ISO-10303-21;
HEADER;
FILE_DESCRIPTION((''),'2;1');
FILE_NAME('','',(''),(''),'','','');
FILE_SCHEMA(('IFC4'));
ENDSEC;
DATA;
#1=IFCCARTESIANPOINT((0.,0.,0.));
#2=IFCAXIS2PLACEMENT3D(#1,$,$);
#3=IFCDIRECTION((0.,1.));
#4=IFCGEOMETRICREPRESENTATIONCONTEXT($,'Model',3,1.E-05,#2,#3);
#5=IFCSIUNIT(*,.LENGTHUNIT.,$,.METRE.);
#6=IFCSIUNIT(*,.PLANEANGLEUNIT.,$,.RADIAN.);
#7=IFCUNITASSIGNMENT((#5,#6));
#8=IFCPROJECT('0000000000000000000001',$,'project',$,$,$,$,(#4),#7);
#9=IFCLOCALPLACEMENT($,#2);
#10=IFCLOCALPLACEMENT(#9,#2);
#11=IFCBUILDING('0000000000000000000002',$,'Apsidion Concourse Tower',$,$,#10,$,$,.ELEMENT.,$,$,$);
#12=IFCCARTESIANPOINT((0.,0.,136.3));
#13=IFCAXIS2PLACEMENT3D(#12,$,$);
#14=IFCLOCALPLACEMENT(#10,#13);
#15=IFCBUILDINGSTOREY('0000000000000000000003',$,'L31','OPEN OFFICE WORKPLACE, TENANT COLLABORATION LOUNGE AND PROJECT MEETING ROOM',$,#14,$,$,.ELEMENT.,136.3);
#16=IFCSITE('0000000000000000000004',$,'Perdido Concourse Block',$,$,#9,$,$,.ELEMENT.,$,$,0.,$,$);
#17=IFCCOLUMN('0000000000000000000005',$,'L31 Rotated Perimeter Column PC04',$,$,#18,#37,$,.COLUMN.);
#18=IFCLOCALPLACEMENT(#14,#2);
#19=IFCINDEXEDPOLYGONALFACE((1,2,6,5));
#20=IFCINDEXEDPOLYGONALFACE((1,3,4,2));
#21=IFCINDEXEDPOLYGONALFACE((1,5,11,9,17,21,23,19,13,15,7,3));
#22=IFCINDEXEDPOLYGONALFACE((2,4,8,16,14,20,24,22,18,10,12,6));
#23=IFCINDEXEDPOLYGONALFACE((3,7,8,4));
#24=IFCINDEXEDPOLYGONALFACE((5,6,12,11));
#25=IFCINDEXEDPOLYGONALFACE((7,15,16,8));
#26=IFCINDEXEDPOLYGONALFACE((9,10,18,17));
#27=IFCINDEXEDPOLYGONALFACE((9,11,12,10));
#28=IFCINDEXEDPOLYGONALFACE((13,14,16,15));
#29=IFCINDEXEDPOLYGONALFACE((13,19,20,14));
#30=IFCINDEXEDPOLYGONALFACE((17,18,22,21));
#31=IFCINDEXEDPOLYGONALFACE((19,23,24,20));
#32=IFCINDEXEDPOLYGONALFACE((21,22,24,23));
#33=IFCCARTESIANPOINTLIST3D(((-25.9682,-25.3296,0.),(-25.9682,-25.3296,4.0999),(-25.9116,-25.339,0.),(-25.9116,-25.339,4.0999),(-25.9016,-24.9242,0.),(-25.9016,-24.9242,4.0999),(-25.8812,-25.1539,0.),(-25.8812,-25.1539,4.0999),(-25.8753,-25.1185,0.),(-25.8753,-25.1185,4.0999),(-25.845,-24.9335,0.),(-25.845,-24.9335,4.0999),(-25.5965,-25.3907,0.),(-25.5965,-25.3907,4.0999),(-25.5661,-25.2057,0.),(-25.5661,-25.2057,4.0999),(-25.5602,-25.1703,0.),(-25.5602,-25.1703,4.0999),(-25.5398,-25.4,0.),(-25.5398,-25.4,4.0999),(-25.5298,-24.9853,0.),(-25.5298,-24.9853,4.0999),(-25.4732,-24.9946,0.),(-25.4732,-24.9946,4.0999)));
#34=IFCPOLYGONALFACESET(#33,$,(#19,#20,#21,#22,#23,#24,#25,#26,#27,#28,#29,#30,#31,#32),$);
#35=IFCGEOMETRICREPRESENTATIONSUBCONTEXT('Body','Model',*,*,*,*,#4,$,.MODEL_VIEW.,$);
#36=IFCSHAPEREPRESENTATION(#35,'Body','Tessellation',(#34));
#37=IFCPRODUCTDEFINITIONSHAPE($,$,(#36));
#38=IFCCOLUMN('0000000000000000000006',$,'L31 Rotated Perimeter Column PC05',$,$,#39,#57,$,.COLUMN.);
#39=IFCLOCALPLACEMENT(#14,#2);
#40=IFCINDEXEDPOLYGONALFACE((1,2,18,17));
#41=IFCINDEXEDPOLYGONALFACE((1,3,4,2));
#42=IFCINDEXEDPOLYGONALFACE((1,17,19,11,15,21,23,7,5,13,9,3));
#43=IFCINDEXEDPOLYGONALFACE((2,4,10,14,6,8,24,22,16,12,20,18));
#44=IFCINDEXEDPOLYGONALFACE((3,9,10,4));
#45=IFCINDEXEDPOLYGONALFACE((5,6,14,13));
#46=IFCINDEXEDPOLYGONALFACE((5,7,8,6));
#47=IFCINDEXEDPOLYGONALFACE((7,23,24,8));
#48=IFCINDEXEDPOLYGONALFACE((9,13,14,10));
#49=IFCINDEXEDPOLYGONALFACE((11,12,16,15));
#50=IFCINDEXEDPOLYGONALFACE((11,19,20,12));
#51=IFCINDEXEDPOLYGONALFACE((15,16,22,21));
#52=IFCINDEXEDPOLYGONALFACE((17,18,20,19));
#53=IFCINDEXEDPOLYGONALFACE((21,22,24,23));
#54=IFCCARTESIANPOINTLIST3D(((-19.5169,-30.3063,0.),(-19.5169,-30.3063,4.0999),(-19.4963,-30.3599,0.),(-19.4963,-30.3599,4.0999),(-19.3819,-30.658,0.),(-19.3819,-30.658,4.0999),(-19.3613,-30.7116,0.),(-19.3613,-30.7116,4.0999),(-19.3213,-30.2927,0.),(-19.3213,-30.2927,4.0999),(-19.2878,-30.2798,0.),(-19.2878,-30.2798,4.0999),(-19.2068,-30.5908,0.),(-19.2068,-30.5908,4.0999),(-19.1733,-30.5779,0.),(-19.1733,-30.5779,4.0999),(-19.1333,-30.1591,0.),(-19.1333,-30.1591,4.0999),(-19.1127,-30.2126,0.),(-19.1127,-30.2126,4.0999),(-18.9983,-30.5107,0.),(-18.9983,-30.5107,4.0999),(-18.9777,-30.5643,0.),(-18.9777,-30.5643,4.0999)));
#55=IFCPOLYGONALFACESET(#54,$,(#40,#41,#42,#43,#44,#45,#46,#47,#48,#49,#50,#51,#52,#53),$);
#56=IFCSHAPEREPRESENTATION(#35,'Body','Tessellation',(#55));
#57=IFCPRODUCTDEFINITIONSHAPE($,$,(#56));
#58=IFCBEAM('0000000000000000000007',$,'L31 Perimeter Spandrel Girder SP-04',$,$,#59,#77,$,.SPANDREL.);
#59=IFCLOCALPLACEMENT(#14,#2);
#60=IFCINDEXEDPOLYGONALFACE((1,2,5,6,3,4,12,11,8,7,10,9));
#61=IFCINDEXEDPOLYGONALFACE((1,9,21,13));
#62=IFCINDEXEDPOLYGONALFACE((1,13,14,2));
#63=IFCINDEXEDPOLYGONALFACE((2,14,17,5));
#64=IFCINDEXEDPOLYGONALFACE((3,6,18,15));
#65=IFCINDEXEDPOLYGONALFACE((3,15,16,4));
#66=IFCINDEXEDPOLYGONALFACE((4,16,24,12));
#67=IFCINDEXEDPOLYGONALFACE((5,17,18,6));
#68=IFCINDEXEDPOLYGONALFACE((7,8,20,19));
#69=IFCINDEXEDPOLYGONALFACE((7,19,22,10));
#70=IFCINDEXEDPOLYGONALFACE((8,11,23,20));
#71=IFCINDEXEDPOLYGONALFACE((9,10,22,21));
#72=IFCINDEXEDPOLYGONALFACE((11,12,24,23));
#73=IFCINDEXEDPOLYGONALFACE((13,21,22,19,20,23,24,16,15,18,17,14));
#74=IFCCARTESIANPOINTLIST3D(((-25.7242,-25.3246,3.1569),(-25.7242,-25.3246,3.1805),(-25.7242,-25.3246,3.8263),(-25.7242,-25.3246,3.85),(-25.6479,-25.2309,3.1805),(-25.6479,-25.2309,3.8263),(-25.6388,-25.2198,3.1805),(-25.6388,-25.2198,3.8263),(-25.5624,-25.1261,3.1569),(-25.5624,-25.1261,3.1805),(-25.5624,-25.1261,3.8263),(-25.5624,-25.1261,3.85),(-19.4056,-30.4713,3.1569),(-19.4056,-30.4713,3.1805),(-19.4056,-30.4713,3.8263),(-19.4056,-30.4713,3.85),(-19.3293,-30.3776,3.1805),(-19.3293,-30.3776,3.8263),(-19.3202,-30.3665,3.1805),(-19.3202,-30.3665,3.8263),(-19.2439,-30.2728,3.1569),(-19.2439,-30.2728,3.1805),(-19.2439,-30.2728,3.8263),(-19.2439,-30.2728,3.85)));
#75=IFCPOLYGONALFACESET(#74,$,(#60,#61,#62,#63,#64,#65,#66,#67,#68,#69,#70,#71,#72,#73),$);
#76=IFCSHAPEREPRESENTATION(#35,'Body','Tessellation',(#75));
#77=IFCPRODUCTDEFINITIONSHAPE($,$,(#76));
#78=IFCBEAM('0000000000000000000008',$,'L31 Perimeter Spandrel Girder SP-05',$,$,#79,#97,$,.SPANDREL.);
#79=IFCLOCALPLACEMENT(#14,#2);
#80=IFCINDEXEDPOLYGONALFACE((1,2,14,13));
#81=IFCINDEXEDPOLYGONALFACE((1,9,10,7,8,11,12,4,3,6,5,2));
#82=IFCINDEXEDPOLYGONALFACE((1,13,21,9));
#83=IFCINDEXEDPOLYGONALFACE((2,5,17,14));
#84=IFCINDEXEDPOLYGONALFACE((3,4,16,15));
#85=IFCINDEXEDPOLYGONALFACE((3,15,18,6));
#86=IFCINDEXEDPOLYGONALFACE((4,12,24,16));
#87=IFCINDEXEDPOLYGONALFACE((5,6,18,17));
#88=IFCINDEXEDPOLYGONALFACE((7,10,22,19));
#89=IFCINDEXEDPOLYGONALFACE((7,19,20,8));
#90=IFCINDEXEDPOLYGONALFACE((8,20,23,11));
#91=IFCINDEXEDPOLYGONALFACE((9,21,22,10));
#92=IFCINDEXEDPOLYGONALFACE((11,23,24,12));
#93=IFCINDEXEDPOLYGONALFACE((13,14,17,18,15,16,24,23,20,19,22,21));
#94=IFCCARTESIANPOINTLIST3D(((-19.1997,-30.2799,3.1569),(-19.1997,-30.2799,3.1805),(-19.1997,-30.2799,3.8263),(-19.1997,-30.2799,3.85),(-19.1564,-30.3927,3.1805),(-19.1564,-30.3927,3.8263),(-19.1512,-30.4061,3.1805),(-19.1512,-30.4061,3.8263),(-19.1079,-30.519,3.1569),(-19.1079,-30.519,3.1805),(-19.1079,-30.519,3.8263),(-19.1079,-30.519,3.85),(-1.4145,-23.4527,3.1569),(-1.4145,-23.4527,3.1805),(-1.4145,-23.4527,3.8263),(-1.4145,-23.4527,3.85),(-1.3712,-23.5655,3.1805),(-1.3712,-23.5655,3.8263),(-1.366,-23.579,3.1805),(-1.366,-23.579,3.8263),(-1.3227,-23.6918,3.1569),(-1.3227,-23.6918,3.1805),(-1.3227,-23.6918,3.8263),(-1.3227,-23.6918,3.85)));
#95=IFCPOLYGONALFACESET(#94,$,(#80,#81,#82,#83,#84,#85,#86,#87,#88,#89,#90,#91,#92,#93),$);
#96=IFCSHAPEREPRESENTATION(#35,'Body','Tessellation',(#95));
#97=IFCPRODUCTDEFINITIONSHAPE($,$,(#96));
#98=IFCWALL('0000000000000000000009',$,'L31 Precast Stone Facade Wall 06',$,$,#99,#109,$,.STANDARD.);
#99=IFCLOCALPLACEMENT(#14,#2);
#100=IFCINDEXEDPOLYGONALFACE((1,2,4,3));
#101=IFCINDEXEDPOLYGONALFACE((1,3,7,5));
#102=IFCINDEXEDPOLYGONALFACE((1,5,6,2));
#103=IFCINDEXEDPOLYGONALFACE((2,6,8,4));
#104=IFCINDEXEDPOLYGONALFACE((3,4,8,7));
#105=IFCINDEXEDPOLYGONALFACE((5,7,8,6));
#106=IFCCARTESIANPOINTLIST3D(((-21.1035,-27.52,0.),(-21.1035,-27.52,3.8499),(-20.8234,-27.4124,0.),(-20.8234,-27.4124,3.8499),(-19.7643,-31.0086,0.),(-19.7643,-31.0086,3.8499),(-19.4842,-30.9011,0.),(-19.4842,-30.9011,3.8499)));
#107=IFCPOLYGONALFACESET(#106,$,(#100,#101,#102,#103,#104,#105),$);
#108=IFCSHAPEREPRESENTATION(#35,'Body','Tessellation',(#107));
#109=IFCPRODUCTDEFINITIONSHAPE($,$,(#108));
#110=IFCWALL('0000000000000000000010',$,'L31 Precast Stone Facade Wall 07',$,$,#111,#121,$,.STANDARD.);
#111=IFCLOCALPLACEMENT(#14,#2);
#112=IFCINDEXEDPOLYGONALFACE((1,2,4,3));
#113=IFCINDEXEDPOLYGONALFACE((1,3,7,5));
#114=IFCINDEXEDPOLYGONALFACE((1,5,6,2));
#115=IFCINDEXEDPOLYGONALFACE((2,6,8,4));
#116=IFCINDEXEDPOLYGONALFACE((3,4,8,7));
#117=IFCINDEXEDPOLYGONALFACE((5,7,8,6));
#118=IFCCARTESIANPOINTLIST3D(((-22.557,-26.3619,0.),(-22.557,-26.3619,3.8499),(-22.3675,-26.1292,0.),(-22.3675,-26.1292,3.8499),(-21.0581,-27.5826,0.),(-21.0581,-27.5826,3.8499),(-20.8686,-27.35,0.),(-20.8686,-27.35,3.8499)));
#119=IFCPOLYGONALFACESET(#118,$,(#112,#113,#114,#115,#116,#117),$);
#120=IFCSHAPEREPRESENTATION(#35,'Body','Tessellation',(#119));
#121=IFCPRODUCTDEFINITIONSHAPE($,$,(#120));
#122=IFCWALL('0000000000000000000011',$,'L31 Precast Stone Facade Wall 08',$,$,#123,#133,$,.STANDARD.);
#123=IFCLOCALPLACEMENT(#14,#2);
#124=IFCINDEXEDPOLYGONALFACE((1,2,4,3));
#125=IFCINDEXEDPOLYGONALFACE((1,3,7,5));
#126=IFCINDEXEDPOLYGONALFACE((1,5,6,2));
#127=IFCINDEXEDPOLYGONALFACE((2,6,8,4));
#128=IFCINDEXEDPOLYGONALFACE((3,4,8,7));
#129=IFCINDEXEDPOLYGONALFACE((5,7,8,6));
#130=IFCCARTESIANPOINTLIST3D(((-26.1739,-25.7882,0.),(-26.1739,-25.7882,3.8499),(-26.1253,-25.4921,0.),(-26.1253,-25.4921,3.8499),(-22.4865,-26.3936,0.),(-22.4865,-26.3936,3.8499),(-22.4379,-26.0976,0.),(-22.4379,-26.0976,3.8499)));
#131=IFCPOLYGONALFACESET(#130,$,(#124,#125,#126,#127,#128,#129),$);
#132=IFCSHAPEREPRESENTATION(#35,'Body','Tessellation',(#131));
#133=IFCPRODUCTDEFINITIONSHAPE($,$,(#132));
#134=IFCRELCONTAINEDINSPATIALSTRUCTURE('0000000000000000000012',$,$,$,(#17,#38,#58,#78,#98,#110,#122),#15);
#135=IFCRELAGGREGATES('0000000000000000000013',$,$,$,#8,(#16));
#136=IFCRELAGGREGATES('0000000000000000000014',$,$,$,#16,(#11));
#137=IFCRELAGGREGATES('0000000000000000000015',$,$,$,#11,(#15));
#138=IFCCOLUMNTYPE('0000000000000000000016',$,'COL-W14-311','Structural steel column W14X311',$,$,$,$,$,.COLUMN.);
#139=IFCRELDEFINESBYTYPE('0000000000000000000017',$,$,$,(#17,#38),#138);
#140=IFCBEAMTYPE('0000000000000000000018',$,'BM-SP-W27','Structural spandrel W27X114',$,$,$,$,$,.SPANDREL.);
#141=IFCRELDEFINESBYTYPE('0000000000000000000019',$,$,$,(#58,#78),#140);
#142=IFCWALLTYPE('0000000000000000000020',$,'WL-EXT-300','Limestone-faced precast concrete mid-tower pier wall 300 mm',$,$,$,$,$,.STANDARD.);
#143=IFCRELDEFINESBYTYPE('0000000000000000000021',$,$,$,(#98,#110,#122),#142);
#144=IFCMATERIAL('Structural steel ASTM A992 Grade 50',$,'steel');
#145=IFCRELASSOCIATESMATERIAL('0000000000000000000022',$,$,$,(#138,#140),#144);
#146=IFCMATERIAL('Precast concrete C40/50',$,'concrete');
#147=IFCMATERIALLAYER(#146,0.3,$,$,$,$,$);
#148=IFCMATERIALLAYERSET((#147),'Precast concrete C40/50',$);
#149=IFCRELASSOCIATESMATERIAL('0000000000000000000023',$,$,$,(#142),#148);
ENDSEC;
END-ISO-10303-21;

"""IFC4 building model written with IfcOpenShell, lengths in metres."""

from ifc_helpers import new_model, si_unit, direction, frame, frame_2d, origin, origin_2d, place, context, subcontext, project, spatial, rectangle, i_section, extrude, material, layer, layer_set, material_profile, profile_set, type_object, element, save


model = new_model("IFC4")

# Units and contexts
model_context = context("Model", 3, precision=1e-05, world=origin(), true_north=direction((0.0, 1.0)))
body_context = subcontext(model_context, "Body", "Model", "MODEL_VIEW")
ifc_project = project(units=[si_unit("LENGTHUNIT", "METRE"), si_unit("PLANEANGLEUNIT", "RADIAN")], contexts=[model_context])

# Site, building, storey
site_placement = place(None, origin())
site = spatial("IfcSite", under=ifc_project, at=site_placement, Name="Perdido Concourse Block", CompositionType="ELEMENT", RefElevation=0.0)
building_placement = place(site_placement, origin())
building = spatial("IfcBuilding", under=site, at=building_placement, Name="Apsidion Concourse Tower", CompositionType="ELEMENT")
storey_placement = place(building_placement, frame((0.0, 0.0, 136.3)))
storey = spatial("IfcBuildingStorey", under=building, at=storey_placement, Name="L31", Description="OPEN OFFICE WORKPLACE, TENANT COLLABORATION LOUNGE AND PROJECT MEETING ROOM", CompositionType="ELEMENT", Elevation=136.3)

# Columns
ifc_material_1 = material(Name="Structural steel ASTM A992 Grade 50", Category="steel")
ifc_material_profile_1 = material_profile(ifc_material_1, i_section(OverallWidth=0.4109, OverallDepth=0.4341, WebThickness=0.0359, FlangeThickness=0.0574, at=origin_2d()), Name="W14X311")
ifc_profile_set_1 = profile_set([ifc_material_profile_1], Name="Structural steel ASTM A992 Grade 50")
column_type = type_object("IfcColumnType", Name="COL-W14-311", Description="Structural steel column W14X311", PredefinedType="COLUMN", material=ifc_profile_set_1)
for number, where, z_axis, x_axis, name in (
    (1, (-25.7207, -25.1621, 0.0), (0.0, 0.0, 1.0), (0.162121, 0.986771, 0.0), "L31 Rotated Perimeter Column PC04"),
    (2, (-19.2473, -30.4353, 0.0), (0.0, 0.0, 1.0), (0.93358, 0.358368, 0.0), "L31 Rotated Perimeter Column PC05"),
):
    element("IfcColumn", number, at=place(storey_placement, frame(where, z_axis=z_axis, x_axis=x_axis)), inside=storey, type_object=column_type, Name=name, PredefinedType="COLUMN", context=body_context, shape_type="SweptSolid", body=[
        extrude(i_section(OverallWidth=0.4109, OverallDepth=0.4341, WebThickness=0.0359, FlangeThickness=0.0574, at=origin_2d()), origin(), (0.0, 0.0, 1.0), 4.0999),
    ])

# Beams
ifc_material_profile_2 = material_profile(ifc_material_1, i_section(OverallWidth=0.2561, OverallDepth=0.6931, WebThickness=0.0144, FlangeThickness=0.0237, at=origin_2d()), Name="W27X114")
ifc_profile_set_2 = profile_set([ifc_material_profile_2], Name="Structural steel ASTM A992 Grade 50")
beam_type = type_object("IfcBeamType", Name="BM-SP-W27", Description="Structural spandrel W27X114", PredefinedType="SPANDREL", material=ifc_profile_set_2)
beam_1_placement = place(storey_placement, frame((-25.6433, -25.2253, 3.5034), z_axis=(0.775341, -0.631543, 0.0), x_axis=(0.631543, 0.775341, 0.0)))
element("IfcBeam", 3, at=beam_1_placement, inside=storey, type_object=beam_type, Name="L31 Perimeter Spandrel Girder SP-04", PredefinedType="SPANDREL", context=body_context, shape_type="SweptSolid", body=[
    extrude(i_section(OverallWidth=0.2561, OverallDepth=0.6931, WebThickness=0.0144, FlangeThickness=0.0237, at=origin_2d()), origin(), (0.0, 0.0, 1.0), 8.1494),
])
beam_2_placement = place(storey_placement, frame((-19.1538, -30.3994, 3.5034), z_axis=(0.933579, 0.358371, 0.0), x_axis=(-0.358371, 0.933579, 0.0)))
element("IfcBeam", 4, at=beam_2_placement, inside=storey, type_object=beam_type, Name="L31 Perimeter Spandrel Girder SP-05", PredefinedType="SPANDREL", context=body_context, shape_type="SweptSolid", body=[
    extrude(i_section(OverallWidth=0.2561, OverallDepth=0.6931, WebThickness=0.0144, FlangeThickness=0.0237, at=origin_2d()), origin(), (0.0, 0.0, 1.0), 19.0505),
])

# Walls
ifc_material_2 = material(Name="Precast concrete C40/50", Category="concrete")
ifc_layer_1 = layer(ifc_material_2, 0.3)
ifc_layer_set_1 = layer_set([ifc_layer_1], Name="Precast concrete C40/50")
wall_type_1 = type_object("IfcWallType", Name="WL-EXT-300", Description="Limestone-faced precast concrete mid-tower pier wall 300 mm", PredefinedType="STANDARD", material=ifc_layer_set_1)
wall_1_placement = place(storey_placement, frame((-19.6243, -30.9548, 0.0), z_axis=(0.0, 0.0, 1.0), x_axis=(-0.358366, 0.933581, 0.0)))
element("IfcWall", 5, at=wall_1_placement, inside=storey, type_object=wall_type_1, Name="L31 Precast Stone Facade Wall 06", PredefinedType="STANDARD", context=body_context, shape_type="SweptSolid", body=[
    extrude(rectangle(XDim=3.7368, YDim=0.3, at=frame_2d((1.8684, 0.0))), origin(), (0.0, 0.0, 1.0), 3.8499),
])
wall_2_placement = place(storey_placement, frame((-20.9634, -27.4663, 0.0), z_axis=(0.0, 0.0, 1.0), x_axis=(-0.775368, 0.63151, 0.0)))
element("IfcWall", 6, at=wall_2_placement, inside=storey, type_object=wall_type_1, Name="L31 Precast Stone Facade Wall 07", PredefinedType="STANDARD", context=body_context, shape_type="SweptSolid", body=[
    extrude(rectangle(XDim=1.9331, YDim=0.3, at=frame_2d((0.9666, 0.0))), origin(), (0.0, 0.0, 1.0), 3.8499),
])
wall_3_placement = place(storey_placement, frame((-22.4622, -26.2456, 0.0), z_axis=(0.0, 0.0, 1.0), x_axis=(-0.986787, 0.162025, 0.0)))
element("IfcWall", 7, at=wall_3_placement, inside=storey, type_object=wall_type_1, Name="L31 Precast Stone Facade Wall 08", PredefinedType="STANDARD", context=body_context, shape_type="SweptSolid", body=[
    extrude(rectangle(XDim=3.7368, YDim=0.3, at=frame_2d((1.8684, 0.0))), origin(), (0.0, 0.0, 1.0), 3.8499),
])

save(model, "model.ifc")
